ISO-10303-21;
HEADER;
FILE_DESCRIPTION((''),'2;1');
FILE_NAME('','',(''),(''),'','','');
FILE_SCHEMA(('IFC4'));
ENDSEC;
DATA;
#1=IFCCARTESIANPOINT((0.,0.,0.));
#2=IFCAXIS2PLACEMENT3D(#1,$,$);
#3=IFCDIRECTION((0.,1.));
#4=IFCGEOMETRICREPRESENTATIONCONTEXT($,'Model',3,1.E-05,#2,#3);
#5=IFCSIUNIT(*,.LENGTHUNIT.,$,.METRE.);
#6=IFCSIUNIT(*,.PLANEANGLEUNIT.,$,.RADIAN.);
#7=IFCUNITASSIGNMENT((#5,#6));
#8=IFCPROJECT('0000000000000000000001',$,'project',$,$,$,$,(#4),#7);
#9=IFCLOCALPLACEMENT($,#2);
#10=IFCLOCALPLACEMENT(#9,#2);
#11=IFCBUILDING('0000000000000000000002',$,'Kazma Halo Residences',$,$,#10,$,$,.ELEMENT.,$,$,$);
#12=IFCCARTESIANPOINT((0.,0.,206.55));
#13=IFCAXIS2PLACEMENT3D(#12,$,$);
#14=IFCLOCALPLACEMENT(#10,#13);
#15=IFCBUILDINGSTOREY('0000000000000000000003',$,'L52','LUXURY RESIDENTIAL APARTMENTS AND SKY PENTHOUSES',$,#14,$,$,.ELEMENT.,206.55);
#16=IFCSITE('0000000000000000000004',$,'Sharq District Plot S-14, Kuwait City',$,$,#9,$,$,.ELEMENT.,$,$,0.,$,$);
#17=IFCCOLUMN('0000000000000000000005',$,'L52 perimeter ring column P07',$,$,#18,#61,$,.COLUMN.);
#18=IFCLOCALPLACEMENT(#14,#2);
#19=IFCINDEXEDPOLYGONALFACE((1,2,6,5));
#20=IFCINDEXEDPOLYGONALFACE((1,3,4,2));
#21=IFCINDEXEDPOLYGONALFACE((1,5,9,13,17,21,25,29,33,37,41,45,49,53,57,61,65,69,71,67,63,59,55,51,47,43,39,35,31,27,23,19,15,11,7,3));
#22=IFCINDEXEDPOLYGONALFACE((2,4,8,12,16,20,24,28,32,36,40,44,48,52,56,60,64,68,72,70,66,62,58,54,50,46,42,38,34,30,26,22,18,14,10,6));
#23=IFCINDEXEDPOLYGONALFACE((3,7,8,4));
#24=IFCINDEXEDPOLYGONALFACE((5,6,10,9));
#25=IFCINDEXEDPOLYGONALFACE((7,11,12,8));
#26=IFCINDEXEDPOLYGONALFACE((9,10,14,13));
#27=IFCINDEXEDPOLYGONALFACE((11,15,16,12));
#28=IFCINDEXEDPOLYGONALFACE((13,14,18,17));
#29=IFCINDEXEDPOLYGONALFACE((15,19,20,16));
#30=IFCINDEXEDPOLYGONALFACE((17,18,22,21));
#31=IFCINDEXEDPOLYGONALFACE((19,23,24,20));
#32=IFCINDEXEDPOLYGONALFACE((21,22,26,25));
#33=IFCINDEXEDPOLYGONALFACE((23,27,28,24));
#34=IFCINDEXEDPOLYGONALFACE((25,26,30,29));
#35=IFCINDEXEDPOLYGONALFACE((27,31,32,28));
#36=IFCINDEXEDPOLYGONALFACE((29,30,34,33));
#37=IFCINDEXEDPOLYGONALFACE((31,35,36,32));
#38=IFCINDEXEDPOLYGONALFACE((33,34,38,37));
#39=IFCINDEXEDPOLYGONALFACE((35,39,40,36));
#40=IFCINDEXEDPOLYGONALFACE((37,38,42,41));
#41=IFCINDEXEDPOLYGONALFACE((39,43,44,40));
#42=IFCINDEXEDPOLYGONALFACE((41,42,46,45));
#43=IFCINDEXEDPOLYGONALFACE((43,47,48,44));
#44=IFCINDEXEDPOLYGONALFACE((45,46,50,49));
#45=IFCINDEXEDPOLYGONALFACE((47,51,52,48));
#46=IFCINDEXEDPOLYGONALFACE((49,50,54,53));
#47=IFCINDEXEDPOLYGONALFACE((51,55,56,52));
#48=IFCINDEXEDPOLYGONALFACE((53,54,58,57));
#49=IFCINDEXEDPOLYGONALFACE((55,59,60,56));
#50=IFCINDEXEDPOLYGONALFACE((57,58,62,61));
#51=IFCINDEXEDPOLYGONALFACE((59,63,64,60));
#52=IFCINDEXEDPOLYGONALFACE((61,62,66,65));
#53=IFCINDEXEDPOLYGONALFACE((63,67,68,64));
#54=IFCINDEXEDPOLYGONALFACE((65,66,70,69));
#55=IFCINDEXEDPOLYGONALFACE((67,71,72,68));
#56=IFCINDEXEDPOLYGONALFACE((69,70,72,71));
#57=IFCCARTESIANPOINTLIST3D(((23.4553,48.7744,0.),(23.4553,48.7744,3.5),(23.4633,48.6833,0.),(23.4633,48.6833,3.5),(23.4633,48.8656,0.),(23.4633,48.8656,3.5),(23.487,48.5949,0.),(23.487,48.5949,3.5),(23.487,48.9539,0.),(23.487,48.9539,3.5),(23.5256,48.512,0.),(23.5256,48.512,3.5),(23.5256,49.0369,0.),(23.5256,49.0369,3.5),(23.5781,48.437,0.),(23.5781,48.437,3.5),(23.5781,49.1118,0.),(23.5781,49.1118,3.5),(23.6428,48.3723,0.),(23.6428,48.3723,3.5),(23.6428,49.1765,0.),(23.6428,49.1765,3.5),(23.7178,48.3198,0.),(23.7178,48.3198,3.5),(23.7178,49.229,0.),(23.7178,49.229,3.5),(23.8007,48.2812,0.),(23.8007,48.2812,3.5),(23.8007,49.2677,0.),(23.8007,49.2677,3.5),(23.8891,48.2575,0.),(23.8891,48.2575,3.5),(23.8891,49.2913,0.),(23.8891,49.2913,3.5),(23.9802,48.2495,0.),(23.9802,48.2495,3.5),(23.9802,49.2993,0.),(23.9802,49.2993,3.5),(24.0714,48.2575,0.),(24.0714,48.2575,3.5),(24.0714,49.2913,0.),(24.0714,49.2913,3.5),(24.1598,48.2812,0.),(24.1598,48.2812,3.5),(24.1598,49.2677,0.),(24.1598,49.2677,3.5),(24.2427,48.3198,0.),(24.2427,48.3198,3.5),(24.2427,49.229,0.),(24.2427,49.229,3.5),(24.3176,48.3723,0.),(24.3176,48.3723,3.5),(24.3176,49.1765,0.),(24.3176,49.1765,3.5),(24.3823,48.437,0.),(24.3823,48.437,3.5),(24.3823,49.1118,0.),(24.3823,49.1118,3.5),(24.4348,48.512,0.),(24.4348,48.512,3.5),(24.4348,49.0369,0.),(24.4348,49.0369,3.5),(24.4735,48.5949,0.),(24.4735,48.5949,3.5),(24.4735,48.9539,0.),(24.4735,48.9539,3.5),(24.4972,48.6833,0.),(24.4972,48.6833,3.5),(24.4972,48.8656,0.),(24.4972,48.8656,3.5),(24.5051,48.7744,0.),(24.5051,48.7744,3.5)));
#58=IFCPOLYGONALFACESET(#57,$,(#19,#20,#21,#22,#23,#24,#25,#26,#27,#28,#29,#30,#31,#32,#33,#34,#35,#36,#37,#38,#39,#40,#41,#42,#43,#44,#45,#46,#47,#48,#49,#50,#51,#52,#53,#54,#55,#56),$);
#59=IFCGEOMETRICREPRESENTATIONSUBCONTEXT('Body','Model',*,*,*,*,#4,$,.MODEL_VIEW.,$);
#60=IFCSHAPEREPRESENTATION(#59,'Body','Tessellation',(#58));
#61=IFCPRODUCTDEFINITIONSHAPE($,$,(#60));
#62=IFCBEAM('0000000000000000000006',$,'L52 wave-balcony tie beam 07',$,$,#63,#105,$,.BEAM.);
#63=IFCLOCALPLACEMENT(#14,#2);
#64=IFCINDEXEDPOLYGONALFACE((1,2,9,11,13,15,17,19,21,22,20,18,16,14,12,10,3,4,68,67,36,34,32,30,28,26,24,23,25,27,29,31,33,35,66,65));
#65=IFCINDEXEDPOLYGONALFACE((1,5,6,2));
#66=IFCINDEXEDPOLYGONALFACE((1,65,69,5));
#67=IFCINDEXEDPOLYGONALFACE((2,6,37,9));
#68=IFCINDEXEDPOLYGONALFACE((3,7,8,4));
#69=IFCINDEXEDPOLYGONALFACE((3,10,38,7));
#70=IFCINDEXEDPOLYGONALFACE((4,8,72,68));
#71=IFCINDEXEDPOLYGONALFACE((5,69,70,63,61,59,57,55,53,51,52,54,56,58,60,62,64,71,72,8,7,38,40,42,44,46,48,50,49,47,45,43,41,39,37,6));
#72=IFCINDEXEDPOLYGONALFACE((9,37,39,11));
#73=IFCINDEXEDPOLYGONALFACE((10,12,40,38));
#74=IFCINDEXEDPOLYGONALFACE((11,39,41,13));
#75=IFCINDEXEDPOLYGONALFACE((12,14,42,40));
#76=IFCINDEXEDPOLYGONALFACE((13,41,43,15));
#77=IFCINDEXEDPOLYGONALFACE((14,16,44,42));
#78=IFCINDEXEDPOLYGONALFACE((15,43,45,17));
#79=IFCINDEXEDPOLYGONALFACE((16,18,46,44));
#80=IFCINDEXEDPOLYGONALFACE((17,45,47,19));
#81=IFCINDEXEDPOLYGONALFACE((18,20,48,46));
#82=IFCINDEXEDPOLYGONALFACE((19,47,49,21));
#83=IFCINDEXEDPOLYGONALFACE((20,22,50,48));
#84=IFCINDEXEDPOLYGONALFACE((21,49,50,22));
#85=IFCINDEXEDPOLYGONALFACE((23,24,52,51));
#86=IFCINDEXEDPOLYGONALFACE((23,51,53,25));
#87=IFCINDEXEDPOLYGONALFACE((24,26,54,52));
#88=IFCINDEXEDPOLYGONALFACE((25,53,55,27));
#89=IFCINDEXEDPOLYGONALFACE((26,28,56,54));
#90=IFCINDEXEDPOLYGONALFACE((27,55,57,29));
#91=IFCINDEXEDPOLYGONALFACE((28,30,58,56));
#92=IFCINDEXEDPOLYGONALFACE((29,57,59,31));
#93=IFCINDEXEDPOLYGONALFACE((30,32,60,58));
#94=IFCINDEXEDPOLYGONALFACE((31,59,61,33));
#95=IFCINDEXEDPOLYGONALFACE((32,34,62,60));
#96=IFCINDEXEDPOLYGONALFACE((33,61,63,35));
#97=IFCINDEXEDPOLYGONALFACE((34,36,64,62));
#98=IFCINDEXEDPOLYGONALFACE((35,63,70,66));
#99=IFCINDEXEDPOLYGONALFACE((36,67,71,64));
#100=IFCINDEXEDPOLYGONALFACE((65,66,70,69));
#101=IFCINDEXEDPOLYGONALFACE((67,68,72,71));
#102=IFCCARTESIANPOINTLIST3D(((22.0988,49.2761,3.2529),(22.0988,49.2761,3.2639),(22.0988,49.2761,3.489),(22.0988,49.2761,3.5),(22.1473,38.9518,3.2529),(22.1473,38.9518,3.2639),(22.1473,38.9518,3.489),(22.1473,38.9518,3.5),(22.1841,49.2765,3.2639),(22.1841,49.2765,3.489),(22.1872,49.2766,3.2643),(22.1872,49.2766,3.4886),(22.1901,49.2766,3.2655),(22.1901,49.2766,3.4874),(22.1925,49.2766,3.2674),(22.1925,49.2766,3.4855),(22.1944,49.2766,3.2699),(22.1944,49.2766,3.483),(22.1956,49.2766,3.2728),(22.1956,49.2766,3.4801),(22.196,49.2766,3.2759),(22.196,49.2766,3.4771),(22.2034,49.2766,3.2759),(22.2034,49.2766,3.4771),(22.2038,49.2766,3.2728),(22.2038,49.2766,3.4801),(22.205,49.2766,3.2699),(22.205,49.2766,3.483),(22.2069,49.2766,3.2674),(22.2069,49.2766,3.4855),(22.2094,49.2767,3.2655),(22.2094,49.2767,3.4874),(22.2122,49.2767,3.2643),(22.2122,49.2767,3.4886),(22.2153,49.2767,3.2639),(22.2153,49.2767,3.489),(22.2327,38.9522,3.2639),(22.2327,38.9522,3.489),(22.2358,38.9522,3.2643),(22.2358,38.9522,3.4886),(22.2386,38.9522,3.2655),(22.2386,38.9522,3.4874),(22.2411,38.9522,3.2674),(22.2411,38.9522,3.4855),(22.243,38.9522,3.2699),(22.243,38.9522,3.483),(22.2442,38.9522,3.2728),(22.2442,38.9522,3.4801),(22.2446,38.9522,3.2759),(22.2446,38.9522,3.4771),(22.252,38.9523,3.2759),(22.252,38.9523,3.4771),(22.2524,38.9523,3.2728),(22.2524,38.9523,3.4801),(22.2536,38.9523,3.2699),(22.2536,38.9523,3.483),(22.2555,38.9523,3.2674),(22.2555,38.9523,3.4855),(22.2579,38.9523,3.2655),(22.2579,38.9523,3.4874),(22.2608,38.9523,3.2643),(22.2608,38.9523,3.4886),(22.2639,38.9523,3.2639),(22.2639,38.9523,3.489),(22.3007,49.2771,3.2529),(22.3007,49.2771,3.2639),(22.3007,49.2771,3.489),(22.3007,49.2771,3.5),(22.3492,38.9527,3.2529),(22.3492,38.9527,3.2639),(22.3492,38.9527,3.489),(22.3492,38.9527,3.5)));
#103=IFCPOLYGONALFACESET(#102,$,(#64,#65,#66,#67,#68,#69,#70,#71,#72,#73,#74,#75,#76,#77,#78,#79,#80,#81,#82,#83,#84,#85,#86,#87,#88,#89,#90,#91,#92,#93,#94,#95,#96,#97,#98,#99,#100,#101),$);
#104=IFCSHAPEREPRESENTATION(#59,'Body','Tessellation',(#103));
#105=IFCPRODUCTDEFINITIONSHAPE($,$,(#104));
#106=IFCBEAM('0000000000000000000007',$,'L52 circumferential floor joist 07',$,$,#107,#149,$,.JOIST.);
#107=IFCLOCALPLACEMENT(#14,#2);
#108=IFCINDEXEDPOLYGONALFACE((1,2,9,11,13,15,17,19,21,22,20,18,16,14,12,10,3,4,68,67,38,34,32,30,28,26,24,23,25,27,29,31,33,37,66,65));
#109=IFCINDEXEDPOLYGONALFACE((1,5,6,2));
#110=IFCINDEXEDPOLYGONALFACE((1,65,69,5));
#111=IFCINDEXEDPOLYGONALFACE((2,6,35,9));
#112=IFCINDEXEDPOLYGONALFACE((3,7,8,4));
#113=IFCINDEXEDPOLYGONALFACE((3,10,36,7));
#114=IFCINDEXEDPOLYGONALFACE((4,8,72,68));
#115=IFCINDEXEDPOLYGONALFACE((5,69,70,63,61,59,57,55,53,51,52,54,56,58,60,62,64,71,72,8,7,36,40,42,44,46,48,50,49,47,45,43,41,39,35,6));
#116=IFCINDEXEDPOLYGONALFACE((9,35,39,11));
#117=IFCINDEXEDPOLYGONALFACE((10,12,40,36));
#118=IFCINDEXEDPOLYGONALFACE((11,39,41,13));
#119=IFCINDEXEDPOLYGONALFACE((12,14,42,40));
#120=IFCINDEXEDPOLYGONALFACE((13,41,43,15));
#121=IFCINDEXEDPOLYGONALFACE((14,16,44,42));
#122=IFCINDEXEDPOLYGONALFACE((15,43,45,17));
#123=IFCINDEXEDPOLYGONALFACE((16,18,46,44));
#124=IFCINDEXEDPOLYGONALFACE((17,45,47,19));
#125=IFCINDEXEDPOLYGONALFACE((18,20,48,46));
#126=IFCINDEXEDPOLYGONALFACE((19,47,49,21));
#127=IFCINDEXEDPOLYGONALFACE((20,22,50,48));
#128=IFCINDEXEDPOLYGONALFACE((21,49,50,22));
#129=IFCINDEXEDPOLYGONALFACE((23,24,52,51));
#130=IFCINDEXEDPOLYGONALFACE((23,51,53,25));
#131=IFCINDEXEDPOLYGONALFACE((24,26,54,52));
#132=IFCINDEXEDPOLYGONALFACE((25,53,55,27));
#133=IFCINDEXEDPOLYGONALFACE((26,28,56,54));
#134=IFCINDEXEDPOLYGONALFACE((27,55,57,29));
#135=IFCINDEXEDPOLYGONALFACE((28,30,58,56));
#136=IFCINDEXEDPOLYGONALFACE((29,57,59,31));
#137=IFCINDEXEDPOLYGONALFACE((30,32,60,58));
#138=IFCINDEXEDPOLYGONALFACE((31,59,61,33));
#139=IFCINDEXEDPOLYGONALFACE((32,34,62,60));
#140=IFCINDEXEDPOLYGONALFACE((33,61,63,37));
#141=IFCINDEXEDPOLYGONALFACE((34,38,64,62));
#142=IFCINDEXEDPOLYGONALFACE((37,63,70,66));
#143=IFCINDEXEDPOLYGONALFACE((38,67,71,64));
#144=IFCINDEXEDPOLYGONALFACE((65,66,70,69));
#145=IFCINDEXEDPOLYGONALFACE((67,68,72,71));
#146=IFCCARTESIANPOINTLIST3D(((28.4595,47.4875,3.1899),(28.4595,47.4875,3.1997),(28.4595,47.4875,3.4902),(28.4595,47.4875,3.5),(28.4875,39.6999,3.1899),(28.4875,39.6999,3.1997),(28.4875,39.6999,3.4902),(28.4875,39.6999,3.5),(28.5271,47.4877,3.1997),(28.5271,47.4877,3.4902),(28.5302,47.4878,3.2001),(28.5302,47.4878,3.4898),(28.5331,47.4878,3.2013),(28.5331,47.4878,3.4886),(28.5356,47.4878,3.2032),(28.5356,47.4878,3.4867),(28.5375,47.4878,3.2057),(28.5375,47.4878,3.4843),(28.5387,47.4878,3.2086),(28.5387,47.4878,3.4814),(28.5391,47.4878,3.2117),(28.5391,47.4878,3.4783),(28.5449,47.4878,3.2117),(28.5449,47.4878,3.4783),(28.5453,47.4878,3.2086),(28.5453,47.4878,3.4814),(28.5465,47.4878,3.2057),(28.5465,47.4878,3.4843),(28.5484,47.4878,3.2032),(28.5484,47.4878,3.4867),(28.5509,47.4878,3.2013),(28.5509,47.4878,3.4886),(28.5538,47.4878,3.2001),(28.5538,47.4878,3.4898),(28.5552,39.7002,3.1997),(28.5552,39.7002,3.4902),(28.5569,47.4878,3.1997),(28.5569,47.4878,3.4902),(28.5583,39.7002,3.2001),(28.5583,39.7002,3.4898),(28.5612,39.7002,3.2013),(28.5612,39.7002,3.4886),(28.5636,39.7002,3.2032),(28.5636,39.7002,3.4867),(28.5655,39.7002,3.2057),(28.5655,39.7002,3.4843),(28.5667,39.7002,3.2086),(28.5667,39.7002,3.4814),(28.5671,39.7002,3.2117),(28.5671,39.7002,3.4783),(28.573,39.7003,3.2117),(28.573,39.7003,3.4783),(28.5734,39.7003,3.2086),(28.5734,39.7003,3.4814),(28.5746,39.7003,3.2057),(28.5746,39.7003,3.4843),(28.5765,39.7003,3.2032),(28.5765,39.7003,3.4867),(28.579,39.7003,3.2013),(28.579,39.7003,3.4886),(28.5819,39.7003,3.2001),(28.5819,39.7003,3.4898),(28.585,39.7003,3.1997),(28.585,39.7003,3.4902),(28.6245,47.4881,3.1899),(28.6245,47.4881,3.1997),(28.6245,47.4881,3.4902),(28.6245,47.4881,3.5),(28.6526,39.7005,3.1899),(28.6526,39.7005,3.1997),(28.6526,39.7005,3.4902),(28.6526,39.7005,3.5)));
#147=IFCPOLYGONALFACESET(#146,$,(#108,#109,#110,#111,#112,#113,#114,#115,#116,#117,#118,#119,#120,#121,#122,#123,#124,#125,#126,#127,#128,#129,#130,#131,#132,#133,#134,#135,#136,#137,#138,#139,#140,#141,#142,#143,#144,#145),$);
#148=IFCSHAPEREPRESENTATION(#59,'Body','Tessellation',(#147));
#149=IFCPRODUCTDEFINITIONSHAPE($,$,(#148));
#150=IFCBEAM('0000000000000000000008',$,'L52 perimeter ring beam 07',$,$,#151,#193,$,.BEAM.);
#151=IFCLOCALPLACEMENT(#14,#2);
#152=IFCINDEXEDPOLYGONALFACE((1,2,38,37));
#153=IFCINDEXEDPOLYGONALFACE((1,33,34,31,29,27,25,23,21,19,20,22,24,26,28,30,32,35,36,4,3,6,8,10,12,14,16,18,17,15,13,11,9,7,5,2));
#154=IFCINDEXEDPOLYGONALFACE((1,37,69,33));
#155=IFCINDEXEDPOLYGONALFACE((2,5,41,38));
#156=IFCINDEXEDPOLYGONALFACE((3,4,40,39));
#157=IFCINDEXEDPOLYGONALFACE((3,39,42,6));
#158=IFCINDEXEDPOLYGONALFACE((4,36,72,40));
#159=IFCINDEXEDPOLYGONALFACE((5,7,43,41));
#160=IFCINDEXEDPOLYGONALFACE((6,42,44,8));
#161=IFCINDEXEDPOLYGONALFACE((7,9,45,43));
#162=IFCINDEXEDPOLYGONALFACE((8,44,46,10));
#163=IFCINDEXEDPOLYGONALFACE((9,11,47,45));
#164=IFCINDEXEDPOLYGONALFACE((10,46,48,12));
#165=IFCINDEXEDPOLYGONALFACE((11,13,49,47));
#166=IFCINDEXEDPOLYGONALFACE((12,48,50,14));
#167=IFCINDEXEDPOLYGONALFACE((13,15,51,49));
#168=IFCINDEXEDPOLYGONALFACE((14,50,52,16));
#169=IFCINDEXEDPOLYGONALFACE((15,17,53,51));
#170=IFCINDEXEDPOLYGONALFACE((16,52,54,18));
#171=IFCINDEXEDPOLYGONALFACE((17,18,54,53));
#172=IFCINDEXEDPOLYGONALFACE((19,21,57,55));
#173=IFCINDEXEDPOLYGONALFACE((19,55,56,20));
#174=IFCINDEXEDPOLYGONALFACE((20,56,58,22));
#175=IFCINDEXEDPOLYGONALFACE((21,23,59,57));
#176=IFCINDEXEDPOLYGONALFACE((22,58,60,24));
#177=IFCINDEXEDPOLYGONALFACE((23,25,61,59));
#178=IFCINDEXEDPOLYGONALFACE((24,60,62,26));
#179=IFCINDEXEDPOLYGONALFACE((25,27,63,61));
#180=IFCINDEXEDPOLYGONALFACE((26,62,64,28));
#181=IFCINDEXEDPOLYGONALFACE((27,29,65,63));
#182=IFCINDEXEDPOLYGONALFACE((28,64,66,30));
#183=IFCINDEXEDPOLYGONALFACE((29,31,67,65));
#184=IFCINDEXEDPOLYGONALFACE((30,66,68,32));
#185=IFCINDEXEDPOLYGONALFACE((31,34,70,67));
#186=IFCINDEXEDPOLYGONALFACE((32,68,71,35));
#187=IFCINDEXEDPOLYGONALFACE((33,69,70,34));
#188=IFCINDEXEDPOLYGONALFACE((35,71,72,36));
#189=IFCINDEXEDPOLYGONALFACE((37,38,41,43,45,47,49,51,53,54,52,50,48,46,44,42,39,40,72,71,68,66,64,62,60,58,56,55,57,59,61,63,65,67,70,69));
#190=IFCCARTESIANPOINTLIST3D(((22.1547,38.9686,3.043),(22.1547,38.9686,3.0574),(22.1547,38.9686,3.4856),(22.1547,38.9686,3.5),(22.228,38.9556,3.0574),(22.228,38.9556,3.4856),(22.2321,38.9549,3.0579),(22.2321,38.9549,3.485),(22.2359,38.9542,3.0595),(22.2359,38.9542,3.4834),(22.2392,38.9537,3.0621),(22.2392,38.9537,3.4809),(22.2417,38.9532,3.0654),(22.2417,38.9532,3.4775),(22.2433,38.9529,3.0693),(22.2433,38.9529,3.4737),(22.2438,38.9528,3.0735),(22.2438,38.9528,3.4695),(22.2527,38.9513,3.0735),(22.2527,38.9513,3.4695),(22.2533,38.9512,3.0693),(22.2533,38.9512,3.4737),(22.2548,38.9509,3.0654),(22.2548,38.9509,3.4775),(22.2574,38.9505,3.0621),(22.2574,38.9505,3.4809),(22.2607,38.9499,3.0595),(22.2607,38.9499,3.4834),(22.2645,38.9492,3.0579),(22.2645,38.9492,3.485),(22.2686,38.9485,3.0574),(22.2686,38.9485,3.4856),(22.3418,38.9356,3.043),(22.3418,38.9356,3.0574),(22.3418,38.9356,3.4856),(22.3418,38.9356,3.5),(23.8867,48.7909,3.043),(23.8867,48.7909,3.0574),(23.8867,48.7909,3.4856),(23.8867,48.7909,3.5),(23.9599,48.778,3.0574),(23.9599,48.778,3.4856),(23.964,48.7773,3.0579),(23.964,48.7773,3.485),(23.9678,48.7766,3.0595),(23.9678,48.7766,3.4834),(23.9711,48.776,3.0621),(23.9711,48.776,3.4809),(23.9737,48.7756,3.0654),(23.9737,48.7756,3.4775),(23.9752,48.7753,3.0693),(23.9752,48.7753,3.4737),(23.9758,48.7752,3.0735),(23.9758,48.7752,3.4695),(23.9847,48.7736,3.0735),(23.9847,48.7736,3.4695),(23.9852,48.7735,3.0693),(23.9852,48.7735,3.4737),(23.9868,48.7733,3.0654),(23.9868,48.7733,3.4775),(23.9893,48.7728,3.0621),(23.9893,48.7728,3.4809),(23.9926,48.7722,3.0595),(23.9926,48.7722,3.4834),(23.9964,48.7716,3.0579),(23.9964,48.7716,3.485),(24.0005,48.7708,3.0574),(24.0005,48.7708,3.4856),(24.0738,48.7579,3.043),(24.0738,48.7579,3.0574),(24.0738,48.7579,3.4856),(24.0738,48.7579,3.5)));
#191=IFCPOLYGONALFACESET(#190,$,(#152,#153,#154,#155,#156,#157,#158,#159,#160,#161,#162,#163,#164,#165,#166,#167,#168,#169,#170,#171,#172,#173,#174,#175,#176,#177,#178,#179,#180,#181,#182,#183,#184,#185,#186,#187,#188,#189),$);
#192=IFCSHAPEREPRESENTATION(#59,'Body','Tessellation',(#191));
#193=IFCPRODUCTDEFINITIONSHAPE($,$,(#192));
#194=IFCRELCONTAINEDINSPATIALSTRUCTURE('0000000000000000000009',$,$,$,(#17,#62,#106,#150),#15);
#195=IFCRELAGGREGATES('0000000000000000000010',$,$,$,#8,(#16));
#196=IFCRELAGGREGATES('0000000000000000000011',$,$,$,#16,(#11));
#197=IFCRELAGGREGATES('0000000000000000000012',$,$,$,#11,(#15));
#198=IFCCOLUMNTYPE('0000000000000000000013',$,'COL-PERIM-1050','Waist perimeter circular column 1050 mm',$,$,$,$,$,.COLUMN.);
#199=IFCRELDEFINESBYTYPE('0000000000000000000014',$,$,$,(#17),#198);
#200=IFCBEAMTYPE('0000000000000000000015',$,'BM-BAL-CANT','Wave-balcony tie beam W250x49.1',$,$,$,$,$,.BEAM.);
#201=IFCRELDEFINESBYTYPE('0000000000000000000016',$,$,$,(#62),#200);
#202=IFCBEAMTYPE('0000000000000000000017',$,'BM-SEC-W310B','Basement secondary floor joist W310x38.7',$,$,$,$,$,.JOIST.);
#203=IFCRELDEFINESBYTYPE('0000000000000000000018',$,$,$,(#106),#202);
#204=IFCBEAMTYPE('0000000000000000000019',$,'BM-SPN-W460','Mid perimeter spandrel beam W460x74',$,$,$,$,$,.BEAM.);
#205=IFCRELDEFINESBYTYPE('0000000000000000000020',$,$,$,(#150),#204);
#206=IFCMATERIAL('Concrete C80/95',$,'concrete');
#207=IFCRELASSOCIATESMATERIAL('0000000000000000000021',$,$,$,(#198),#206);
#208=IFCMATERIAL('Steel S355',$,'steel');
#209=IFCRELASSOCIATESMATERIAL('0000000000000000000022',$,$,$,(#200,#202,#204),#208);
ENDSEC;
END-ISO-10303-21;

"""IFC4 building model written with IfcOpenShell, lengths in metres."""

from ifc_helpers import new_model, si_unit, direction, frame, origin, origin_2d, place, context, subcontext, project, spatial, circle, i_section, extrude, material, material_profile, profile_set, type_object, element, save


model = new_model("IFC4")

# Units and contexts
model_context = context("Model", 3, precision=1e-05, world=origin(), true_north=direction((0.0, 1.0)))
body_context = subcontext(model_context, "Body", "Model", "MODEL_VIEW")
ifc_project = project(units=[si_unit("LENGTHUNIT", "METRE"), si_unit("PLANEANGLEUNIT", "RADIAN")], contexts=[model_context])

# Site, building, storey
site_placement = place(None, origin())
site = spatial("IfcSite", under=ifc_project, at=site_placement, Name="Sharq District Plot S-14, Kuwait City", CompositionType="ELEMENT", RefElevation=0.0)
building_placement = place(site_placement, origin())
building = spatial("IfcBuilding", under=site, at=building_placement, Name="Kazma Halo Residences", CompositionType="ELEMENT")
storey_placement = place(building_placement, frame((0.0, 0.0, 206.55)))
storey = spatial("IfcBuildingStorey", under=building, at=storey_placement, Name="L52", Description="LUXURY RESIDENTIAL APARTMENTS AND SKY PENTHOUSES", CompositionType="ELEMENT", Elevation=206.55)

# Column
ifc_material_1 = material(Name="Concrete C80/95", Category="concrete")
ifc_material_profile_1 = material_profile(ifc_material_1, circle(Radius=0.5249, at=origin_2d()), Name="CIRC1050")
ifc_profile_set_1 = profile_set([ifc_material_profile_1], Name="Concrete C80/95")
column_type = type_object("IfcColumnType", Name="COL-PERIM-1050", Description="Waist perimeter circular column 1050 mm", PredefinedType="COLUMN", material=ifc_profile_set_1)
column_placement = place(storey_placement, frame((23.9802, 48.7744, 0.0), z_axis=(0.0, 0.0, 1.0), x_axis=(1.0, 0.0, 0.0)))
element("IfcColumn", 1, at=column_placement, inside=storey, type_object=column_type, Name="L52 perimeter ring column P07", PredefinedType="COLUMN", context=body_context, shape_type="SweptSolid", body=[
    extrude(circle(Radius=0.5249, at=origin_2d()), origin(), (0.0, 0.0, 1.0), 3.5),
])

# Beams
ifc_material_2 = material(Name="Steel S355", Category="steel")
ifc_material_profile_2 = material_profile(ifc_material_2, i_section(OverallWidth=0.2019, OverallDepth=0.2471, WebThickness=0.0073, FlangeThickness=0.011, FilletRadius=0.012, at=origin_2d()), Name="W250x49.1")
ifc_profile_set_2 = profile_set([ifc_material_profile_2], Name="Steel S355")
beam_type_1 = type_object("IfcBeamType", Name="BM-BAL-CANT", Description="Wave-balcony tie beam W250x49.1", PredefinedType="BEAM", material=ifc_profile_set_2)
beam_1_placement = place(storey_placement, frame((22.1997, 49.2766, 3.3765), z_axis=(0.004706, -0.999989, 0.0), x_axis=(0.999989, 0.004706, 0.0)))
element("IfcBeam", 2, at=beam_1_placement, inside=storey, type_object=beam_type_1, Name="L52 wave-balcony tie beam 07", PredefinedType="BEAM", context=body_context, shape_type="SweptSolid", body=[
    extrude(i_section(OverallWidth=0.2019, OverallDepth=0.2471, WebThickness=0.0073, FlangeThickness=0.011, FilletRadius=0.012, at=origin_2d()), origin(), (0.0, 0.0, 1.0), 10.3245),
])
ifc_material_profile_3 = material_profile(ifc_material_2, i_section(OverallWidth=0.165, OverallDepth=0.3101, WebThickness=0.0059, FlangeThickness=0.0098, FilletRadius=0.012, at=origin_2d()), Name="W310x38.7")
ifc_profile_set_3 = profile_set([ifc_material_profile_3], Name="Steel S355")
beam_type_2 = type_object("IfcBeamType", Name="BM-SEC-W310B", Description="Basement secondary floor joist W310x38.7", PredefinedType="JOIST", material=ifc_profile_set_3)
beam_2_placement = place(storey_placement, frame((28.542, 47.4878, 3.345), z_axis=(0.003605, -0.999994, 0.0), x_axis=(0.999994, 0.003605, 0.0)))
element("IfcBeam", 3, at=beam_2_placement, inside=storey, type_object=beam_type_2, Name="L52 circumferential floor joist 07", PredefinedType="JOIST", context=body_context, shape_type="SweptSolid", body=[
    extrude(i_section(OverallWidth=0.165, OverallDepth=0.3101, WebThickness=0.0059, FlangeThickness=0.0098, FilletRadius=0.012, at=origin_2d()), origin(), (0.0, 0.0, 1.0), 7.7876),
])
ifc_material_profile_4 = material_profile(ifc_material_2, i_section(OverallWidth=0.1899, OverallDepth=0.457, WebThickness=0.009, FlangeThickness=0.0144, FilletRadius=0.0161, at=origin_2d()), Name="W460x74")
ifc_profile_set_4 = profile_set([ifc_material_profile_4], Name="Steel S355")
beam_type_3 = type_object("IfcBeamType", Name="BM-SPN-W460", Description="Mid perimeter spandrel beam W460x74", PredefinedType="BEAM", material=ifc_profile_set_4)
beam_3_placement = place(storey_placement, frame((23.9802, 48.7744, 3.2715), z_axis=(-0.173648, -0.984808, 0.0), x_axis=(0.984808, -0.173648, 0.0)))
element("IfcBeam", 4, at=beam_3_placement, inside=storey, type_object=beam_type_3, Name="L52 perimeter ring beam 07", PredefinedType="BEAM", context=body_context, shape_type="SweptSolid", body=[
    extrude(i_section(OverallWidth=0.1899, OverallDepth=0.457, WebThickness=0.009, FlangeThickness=0.0144, FilletRadius=0.0161, at=origin_2d()), origin(), (0.0, 0.0, 1.0), 9.9739),
])

save(model, "model.ifc")
